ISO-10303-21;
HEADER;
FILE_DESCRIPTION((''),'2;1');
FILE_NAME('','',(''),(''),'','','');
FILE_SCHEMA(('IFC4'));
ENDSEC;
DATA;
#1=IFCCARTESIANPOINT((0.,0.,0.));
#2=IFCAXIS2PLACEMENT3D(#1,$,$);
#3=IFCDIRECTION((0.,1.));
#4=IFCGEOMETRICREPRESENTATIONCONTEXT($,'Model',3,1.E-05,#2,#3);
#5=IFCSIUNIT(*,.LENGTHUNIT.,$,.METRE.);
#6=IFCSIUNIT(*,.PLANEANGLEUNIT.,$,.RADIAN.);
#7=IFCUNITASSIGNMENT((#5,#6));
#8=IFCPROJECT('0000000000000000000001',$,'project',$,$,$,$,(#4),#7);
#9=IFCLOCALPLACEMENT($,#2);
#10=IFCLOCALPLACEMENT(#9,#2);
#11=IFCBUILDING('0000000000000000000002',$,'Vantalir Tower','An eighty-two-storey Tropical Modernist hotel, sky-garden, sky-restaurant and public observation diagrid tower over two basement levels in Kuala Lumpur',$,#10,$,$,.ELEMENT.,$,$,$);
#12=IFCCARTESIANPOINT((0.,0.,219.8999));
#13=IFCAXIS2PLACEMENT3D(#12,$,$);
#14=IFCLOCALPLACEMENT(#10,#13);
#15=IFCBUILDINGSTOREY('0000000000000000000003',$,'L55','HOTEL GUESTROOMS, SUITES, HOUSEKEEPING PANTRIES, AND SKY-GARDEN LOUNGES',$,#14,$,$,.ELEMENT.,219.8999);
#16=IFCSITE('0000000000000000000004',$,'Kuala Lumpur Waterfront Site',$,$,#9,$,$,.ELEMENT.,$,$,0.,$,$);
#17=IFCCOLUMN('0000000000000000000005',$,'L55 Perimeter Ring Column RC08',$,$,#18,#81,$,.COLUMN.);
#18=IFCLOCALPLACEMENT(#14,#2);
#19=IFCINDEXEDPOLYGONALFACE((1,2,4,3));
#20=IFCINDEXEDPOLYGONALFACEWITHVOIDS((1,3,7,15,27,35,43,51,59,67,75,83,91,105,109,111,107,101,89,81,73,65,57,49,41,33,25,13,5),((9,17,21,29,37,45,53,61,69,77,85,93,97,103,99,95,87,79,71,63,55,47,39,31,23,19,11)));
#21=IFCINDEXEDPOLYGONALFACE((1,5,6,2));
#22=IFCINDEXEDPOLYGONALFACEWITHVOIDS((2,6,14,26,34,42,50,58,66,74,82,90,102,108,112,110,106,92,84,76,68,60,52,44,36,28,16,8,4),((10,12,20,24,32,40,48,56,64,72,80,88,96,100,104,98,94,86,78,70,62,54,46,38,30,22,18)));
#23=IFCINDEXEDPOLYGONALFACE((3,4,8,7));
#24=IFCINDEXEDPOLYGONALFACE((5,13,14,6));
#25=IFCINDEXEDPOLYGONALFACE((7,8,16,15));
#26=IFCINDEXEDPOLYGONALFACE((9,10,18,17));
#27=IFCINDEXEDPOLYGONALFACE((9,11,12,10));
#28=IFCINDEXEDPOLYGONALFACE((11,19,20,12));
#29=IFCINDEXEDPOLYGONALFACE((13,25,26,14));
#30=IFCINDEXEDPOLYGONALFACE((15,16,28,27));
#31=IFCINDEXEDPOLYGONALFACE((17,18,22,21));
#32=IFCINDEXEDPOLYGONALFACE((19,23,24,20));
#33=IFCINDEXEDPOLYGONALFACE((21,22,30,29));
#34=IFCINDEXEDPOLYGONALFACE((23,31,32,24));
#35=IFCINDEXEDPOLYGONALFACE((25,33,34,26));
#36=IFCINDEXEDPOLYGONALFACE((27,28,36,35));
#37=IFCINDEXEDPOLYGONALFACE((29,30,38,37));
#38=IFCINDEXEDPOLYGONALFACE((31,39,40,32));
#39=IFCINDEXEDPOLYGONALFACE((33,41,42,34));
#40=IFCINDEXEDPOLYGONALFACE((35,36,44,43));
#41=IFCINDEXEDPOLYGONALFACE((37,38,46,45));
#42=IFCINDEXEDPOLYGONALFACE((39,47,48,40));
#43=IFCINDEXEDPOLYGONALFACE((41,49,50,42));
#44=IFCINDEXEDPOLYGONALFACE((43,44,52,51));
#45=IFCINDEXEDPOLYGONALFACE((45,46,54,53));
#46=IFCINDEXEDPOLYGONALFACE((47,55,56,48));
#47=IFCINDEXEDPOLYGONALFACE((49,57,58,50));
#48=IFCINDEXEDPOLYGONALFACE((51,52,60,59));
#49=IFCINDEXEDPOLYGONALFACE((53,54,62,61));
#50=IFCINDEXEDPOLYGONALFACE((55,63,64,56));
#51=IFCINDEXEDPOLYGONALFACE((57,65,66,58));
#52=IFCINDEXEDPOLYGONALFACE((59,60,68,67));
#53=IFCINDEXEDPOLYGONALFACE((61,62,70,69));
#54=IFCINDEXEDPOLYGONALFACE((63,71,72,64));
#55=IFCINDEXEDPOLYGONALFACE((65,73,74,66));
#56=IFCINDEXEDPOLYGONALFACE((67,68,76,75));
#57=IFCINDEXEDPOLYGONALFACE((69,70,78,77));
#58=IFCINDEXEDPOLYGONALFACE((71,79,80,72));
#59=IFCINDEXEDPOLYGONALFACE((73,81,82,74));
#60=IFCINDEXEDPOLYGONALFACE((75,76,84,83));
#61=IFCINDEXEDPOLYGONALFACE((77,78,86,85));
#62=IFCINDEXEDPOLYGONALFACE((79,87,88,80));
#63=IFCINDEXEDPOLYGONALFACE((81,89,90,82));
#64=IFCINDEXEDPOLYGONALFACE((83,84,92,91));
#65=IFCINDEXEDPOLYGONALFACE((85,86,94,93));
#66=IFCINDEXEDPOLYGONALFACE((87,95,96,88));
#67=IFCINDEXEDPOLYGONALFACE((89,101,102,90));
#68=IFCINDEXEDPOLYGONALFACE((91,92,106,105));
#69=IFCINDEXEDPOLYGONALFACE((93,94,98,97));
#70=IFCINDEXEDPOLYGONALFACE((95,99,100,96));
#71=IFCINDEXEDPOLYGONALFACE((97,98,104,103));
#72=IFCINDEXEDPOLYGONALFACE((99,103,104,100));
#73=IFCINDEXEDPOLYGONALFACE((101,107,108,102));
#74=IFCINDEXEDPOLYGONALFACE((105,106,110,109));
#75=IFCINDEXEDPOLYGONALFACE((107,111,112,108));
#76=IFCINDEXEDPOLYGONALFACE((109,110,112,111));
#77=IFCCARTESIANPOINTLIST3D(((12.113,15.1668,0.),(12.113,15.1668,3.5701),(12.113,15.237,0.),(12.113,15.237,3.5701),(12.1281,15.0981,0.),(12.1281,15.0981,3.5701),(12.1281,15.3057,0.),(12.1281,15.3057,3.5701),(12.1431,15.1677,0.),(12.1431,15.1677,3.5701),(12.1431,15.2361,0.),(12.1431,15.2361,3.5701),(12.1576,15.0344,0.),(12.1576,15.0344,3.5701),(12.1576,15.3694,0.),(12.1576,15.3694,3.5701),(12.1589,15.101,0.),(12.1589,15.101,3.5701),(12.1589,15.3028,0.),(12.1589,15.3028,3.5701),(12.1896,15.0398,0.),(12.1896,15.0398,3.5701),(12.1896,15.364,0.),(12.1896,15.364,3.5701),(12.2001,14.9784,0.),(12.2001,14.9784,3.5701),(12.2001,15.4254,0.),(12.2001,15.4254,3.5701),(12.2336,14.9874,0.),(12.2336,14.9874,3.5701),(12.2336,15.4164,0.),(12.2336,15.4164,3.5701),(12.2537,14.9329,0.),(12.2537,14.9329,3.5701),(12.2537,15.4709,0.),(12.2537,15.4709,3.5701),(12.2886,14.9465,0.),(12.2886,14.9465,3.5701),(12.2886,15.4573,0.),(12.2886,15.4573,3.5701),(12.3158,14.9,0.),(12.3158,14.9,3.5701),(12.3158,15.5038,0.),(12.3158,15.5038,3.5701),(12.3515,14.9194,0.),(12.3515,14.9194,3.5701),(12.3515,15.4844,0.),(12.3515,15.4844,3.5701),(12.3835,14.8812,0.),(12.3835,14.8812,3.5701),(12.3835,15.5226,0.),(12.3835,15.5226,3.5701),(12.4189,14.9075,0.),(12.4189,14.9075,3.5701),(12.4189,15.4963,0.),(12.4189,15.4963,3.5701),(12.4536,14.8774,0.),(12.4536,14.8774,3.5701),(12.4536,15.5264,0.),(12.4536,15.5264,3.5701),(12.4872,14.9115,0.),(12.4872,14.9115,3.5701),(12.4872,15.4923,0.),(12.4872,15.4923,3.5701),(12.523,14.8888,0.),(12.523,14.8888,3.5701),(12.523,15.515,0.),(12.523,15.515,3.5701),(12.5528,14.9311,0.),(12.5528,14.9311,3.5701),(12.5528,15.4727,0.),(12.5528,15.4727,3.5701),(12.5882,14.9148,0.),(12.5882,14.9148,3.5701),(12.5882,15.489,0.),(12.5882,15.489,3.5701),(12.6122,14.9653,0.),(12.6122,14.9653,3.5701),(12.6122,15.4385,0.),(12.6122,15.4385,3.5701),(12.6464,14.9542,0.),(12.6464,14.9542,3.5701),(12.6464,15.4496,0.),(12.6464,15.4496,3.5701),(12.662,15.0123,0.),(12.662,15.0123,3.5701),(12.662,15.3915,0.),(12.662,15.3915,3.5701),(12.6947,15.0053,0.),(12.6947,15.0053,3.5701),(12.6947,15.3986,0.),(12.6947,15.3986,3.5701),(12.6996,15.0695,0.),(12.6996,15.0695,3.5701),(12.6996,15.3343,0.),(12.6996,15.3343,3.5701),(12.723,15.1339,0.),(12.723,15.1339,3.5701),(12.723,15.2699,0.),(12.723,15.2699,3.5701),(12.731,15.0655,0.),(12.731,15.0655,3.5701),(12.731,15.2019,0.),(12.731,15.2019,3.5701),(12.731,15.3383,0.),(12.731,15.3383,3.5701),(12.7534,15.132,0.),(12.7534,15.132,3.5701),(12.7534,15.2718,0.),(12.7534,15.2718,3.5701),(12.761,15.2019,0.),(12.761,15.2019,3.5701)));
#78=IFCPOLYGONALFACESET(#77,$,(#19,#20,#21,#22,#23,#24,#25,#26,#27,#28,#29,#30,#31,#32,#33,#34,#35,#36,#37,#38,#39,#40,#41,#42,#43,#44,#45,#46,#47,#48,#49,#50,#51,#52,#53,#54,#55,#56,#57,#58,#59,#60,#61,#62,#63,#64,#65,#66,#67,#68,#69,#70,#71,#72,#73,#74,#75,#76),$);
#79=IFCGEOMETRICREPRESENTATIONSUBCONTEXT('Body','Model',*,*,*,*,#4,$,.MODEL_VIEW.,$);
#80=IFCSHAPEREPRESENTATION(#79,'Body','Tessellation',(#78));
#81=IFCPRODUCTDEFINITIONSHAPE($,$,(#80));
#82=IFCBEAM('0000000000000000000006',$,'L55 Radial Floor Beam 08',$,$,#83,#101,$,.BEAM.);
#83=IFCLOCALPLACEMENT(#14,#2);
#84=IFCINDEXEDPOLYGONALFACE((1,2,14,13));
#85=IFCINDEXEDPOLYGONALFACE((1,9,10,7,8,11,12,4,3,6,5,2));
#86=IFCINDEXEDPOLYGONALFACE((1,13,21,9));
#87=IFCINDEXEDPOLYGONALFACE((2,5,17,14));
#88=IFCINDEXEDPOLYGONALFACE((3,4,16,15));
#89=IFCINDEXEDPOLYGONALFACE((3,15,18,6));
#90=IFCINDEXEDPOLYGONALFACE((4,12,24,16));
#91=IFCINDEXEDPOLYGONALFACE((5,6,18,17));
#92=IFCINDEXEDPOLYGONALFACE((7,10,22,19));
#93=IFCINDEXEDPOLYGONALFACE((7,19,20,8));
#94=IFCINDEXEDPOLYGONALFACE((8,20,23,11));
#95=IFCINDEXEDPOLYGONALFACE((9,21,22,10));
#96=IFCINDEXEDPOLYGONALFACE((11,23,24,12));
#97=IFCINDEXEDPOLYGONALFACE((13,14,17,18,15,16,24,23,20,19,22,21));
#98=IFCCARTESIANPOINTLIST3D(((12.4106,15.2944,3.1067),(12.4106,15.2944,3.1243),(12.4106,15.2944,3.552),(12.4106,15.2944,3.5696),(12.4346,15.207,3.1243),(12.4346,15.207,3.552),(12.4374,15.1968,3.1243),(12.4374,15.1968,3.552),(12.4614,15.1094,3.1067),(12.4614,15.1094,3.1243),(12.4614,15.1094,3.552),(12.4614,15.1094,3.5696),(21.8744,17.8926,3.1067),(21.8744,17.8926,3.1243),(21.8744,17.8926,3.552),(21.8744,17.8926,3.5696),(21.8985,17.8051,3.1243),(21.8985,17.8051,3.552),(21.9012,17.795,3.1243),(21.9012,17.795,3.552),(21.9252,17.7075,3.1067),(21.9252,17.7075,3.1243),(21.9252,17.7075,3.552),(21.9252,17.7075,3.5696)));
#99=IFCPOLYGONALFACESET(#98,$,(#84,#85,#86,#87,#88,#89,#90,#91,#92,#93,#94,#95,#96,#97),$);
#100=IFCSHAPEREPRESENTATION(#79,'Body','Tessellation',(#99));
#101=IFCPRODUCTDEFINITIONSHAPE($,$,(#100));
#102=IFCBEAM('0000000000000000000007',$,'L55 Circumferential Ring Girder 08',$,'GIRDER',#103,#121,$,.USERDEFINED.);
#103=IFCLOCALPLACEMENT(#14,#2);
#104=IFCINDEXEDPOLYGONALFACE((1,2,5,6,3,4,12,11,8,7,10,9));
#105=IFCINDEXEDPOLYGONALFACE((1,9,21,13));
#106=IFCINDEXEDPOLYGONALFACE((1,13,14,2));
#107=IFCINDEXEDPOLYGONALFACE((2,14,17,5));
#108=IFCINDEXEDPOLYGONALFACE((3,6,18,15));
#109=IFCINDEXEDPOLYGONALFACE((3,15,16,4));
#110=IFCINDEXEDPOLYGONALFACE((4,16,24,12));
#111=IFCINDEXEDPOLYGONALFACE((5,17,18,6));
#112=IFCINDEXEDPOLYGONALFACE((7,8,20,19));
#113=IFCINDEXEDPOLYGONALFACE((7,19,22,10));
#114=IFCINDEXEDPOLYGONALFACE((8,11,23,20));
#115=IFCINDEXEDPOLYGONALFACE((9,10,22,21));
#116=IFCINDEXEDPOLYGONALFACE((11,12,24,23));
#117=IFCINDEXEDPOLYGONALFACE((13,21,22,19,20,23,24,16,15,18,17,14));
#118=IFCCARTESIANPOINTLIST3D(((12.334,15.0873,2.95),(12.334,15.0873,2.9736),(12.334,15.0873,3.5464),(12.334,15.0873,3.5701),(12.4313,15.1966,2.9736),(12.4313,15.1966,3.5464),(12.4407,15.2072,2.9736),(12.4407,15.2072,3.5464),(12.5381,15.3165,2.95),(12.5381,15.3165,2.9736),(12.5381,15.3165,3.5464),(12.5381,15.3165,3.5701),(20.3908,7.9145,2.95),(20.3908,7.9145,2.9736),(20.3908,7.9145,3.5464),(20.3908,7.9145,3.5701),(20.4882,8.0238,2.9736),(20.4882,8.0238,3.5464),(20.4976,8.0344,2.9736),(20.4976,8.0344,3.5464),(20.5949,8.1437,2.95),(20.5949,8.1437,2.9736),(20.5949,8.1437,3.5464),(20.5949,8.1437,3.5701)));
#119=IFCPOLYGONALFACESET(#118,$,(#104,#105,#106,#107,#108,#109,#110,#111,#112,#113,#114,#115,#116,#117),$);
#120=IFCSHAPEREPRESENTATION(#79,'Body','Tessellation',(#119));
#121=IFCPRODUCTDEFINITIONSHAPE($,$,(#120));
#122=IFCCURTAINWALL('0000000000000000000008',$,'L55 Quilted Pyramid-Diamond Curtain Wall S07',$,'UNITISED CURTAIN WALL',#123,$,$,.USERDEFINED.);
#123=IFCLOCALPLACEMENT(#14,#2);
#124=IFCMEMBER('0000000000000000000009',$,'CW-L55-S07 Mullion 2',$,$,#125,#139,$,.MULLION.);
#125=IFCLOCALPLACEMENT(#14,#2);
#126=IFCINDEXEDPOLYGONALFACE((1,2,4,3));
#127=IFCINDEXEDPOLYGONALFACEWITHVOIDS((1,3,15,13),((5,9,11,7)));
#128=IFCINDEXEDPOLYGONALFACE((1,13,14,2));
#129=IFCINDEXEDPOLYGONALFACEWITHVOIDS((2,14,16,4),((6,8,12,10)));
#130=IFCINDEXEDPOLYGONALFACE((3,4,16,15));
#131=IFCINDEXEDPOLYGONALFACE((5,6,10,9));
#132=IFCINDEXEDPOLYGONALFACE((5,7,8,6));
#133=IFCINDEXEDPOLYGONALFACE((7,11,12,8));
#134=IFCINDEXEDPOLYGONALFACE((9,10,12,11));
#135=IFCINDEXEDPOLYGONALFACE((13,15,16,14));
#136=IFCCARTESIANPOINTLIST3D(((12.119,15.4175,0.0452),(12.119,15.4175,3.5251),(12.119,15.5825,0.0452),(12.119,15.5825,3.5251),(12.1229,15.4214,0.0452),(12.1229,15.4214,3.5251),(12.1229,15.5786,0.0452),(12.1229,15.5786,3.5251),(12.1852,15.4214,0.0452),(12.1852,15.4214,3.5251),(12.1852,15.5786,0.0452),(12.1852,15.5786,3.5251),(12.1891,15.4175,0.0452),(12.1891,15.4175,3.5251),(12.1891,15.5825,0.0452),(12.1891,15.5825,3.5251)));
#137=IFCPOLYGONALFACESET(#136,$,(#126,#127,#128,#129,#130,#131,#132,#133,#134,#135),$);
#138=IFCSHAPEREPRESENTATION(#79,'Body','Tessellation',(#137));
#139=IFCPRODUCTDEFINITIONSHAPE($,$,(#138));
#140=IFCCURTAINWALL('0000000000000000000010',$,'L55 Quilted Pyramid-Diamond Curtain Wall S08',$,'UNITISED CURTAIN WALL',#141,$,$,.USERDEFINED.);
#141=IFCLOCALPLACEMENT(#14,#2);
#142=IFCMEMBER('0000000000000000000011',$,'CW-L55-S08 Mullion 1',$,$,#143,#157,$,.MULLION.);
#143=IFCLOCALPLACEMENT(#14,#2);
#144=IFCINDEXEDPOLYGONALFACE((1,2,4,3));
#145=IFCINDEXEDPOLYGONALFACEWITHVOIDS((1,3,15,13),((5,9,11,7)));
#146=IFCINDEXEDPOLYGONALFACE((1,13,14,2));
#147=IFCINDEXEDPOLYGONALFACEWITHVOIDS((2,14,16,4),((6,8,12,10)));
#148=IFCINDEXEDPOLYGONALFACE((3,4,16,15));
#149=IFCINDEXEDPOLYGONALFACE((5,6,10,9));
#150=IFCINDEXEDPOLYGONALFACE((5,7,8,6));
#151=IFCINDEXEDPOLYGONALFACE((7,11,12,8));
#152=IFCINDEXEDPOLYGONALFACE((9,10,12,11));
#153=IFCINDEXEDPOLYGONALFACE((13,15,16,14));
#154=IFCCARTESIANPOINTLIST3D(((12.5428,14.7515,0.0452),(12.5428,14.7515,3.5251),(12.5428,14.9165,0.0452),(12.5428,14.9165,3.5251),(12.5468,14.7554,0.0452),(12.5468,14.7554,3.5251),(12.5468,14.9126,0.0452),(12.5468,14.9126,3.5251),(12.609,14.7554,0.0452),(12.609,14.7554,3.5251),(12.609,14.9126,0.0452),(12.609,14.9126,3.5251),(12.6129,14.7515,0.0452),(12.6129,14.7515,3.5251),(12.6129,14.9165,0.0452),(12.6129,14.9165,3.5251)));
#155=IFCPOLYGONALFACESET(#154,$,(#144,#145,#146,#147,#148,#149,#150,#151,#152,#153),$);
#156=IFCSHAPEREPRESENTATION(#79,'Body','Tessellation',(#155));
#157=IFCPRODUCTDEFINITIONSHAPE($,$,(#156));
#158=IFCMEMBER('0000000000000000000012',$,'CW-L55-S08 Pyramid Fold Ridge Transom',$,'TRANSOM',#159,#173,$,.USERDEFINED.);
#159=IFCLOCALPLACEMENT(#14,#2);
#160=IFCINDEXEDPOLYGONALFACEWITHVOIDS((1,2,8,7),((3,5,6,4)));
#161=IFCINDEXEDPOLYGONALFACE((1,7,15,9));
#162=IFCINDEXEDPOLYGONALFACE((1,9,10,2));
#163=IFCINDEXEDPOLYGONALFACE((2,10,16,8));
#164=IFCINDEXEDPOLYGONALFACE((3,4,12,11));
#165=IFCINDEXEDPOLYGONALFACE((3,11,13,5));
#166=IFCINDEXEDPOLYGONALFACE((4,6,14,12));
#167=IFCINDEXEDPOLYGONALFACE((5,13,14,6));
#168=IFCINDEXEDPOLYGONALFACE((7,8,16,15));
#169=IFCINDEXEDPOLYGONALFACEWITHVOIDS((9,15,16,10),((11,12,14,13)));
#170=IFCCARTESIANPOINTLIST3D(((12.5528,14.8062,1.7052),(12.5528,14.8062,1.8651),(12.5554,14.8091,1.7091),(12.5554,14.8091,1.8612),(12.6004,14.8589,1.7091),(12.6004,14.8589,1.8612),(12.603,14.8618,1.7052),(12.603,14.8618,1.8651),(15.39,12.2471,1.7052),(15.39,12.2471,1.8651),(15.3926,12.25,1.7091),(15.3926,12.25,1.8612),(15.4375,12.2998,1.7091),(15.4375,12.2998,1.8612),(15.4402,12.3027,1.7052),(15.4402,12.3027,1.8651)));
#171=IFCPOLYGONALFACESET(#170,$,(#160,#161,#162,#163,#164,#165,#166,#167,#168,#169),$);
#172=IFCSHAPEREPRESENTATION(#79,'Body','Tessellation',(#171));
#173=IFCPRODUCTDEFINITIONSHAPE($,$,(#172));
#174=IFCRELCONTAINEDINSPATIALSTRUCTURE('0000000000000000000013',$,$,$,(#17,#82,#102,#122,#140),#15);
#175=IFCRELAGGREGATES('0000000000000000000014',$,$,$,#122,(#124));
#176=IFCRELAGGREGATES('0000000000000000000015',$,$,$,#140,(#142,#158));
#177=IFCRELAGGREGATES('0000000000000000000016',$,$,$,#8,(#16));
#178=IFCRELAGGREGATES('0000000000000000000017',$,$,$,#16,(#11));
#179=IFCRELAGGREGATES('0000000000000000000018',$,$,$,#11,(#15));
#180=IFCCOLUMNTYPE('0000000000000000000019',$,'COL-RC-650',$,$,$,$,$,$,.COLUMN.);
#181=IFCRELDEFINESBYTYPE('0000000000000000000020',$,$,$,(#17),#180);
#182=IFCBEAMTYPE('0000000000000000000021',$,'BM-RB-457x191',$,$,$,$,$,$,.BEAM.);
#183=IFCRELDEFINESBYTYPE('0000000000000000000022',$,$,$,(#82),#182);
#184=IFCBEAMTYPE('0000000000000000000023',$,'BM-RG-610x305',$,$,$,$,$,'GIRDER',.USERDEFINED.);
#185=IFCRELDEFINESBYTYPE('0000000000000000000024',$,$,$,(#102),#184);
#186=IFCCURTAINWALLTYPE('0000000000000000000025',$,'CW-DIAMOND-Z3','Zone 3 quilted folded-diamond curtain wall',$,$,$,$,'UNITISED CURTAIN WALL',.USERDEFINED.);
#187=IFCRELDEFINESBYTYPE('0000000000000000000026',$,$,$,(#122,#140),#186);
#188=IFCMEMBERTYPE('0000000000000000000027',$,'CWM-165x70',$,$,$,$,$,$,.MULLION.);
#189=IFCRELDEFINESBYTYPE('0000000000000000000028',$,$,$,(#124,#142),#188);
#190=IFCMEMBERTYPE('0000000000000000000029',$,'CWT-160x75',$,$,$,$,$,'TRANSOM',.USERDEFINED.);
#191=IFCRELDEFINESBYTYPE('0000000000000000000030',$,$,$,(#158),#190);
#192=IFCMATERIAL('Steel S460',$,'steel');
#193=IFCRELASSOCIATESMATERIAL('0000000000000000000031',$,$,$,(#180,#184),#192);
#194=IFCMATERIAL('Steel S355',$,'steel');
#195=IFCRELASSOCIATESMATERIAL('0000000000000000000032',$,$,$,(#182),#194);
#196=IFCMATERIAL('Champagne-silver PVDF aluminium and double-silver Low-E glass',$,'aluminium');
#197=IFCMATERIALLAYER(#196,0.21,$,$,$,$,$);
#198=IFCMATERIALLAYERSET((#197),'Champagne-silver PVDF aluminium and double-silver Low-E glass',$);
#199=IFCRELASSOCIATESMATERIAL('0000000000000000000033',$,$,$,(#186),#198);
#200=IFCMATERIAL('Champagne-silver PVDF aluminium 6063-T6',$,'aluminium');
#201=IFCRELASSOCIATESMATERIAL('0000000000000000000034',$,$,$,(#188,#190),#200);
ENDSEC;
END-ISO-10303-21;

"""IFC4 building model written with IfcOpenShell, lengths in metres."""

from ifc_helpers import new_model, si_unit, direction, frame, origin, origin_2d, place, context, subcontext, project, spatial, hollow_rectangle, hollow_circle, i_section, extrude, material, layer, layer_set, material_profile, profile_set, type_object, element, aggregate, save


model = new_model("IFC4")

# Units and contexts
model_context = context("Model", 3, precision=1e-05, world=origin(), true_north=direction((0.0, 1.0)))
body_context = subcontext(model_context, "Body", "Model", "MODEL_VIEW")
ifc_project = project(units=[si_unit("LENGTHUNIT", "METRE"), si_unit("PLANEANGLEUNIT", "RADIAN")], contexts=[model_context])

# Site, building, storey
site_placement = place(None, origin())
site = spatial("IfcSite", under=ifc_project, at=site_placement, Name="Kuala Lumpur Waterfront Site", CompositionType="ELEMENT", RefElevation=0.0)
building_placement = place(site_placement, origin())
building = spatial("IfcBuilding", under=site, at=building_placement, Name="Vantalir Tower", Description="An eighty-two-storey Tropical Modernist hotel, sky-garden, sky-restaurant and public observation diagrid tower over two basement levels in Kuala Lumpur", CompositionType="ELEMENT")
storey_placement = place(building_placement, frame((0.0, 0.0, 219.8999)))
storey = spatial("IfcBuildingStorey", under=building, at=storey_placement, Name="L55", Description="HOTEL GUESTROOMS, SUITES, HOUSEKEEPING PANTRIES, AND SKY-GARDEN LOUNGES", CompositionType="ELEMENT", Elevation=219.8999)

# Column
ifc_material_1 = material(Name="Steel S460", Category="steel")
ifc_material_profile_1 = material_profile(ifc_material_1, hollow_circle(Radius=0.325, WallThickness=0.03, at=origin_2d()), Name="Steel S460")
ifc_profile_set_1 = profile_set([ifc_material_profile_1], Name="Steel S460")
column_type = type_object("IfcColumnType", Name="COL-RC-650", PredefinedType="COLUMN", material=ifc_profile_set_1)
column_placement = place(storey_placement, frame((12.436, 15.2019, 0.0), z_axis=(0.0, 0.0, 1.0), x_axis=(1.0, 0.0, 0.0)))
element("IfcColumn", 1, at=column_placement, inside=storey, type_object=column_type, Name="L55 Perimeter Ring Column RC08", PredefinedType="COLUMN", context=body_context, shape_type="SweptSolid", body=[
    extrude(hollow_circle(Radius=0.325, WallThickness=0.03, at=origin_2d()), origin(), (0.0, 0.0, 1.0), 3.5701),
])

# Beams
ifc_material_2 = material(Name="Steel S355", Category="steel")
ifc_material_profile_2 = material_profile(ifc_material_2, i_section(OverallWidth=0.1919, OverallDepth=0.4629, WebThickness=0.0105, FlangeThickness=0.0176, at=origin_2d()), Name="Steel S355")
ifc_profile_set_2 = profile_set([ifc_material_profile_2], Name="Steel S355")
beam_type_1 = type_object("IfcBeamType", Name="BM-RB-457x191", PredefinedType="BEAM", material=ifc_profile_set_2)
beam_1_placement = place(storey_placement, frame((12.436, 15.2019, 3.3381), z_axis=(0.96432, 0.264738, 0.0), x_axis=(-0.264738, 0.96432, 0.0)))
element("IfcBeam", 2, at=beam_1_placement, inside=storey, type_object=beam_type_1, Name="L55 Radial Floor Beam 08", PredefinedType="BEAM", context=body_context, shape_type="SweptSolid", body=[
    extrude(i_section(OverallWidth=0.1919, OverallDepth=0.4629, WebThickness=0.0105, FlangeThickness=0.0176, at=origin_2d()), origin(), (0.0, 0.0, 1.0), 9.814),
])
ifc_material_profile_3 = material_profile(ifc_material_1, i_section(OverallWidth=0.3069, OverallDepth=0.6201, WebThickness=0.0142, FlangeThickness=0.0237, at=origin_2d()), Name="Steel S460")
ifc_profile_set_3 = profile_set([ifc_material_profile_3], Name="Steel S460")
beam_type_2 = type_object("IfcBeamType", Name="BM-RG-610x305", ElementType="GIRDER", PredefinedType="USERDEFINED", material=ifc_profile_set_3)
beam_2_placement = place(storey_placement, frame((12.436, 15.2019, 3.26), z_axis=(0.746895, -0.664942, 0.0), x_axis=(0.664942, 0.746895, 0.0)))
element("IfcBeam", 3, at=beam_2_placement, inside=storey, type_object=beam_type_2, Name="L55 Circumferential Ring Girder 08", ObjectType="GIRDER", PredefinedType="USERDEFINED", context=body_context, shape_type="SweptSolid", body=[
    extrude(i_section(OverallWidth=0.3069, OverallDepth=0.6201, WebThickness=0.0142, FlangeThickness=0.0237, at=origin_2d()), origin(), (0.0, 0.0, 1.0), 10.7871),
])

# Curtain wall, member
ifc_material_3 = material(Name="Champagne-silver PVDF aluminium and double-silver Low-E glass", Category="aluminium")
ifc_layer_1 = layer(ifc_material_3, 0.21)
ifc_layer_set_1 = layer_set([ifc_layer_1], Name="Champagne-silver PVDF aluminium and double-silver Low-E glass")
curtain_wall_type = type_object("IfcCurtainWallType", Name="CW-DIAMOND-Z3", Description="Zone 3 quilted folded-diamond curtain wall", ElementType="UNITISED CURTAIN WALL", PredefinedType="USERDEFINED", material=ifc_layer_set_1)
curtain_wall_1_placement = place(storey_placement, origin())
curtain_wall_1 = element("IfcCurtainWall", 4, at=curtain_wall_1_placement, inside=storey, type_object=curtain_wall_type, Name="L55 Quilted Pyramid-Diamond Curtain Wall S07", ObjectType="UNITISED CURTAIN WALL", PredefinedType="USERDEFINED")
ifc_material_4 = material(Name="Champagne-silver PVDF aluminium 6063-T6", Category="aluminium")
ifc_material_profile_4 = material_profile(ifc_material_4, hollow_rectangle(XDim=0.0701, YDim=0.165, WallThickness=0.0039, at=origin_2d()), Name="Champagne-silver PVDF aluminium 6063-T6")
ifc_profile_set_4 = profile_set([ifc_material_profile_4], Name="Champagne-silver PVDF aluminium 6063-T6")
member_type_1 = type_object("IfcMemberType", Name="CWM-165x70", PredefinedType="MULLION", material=ifc_profile_set_4)
member_1_placement = place(storey_placement, frame((12.1541, 15.5, 0.0452), z_axis=(0.0, 0.0, 1.0), x_axis=(1.0, 0.0, 0.0)))
member_1 = element("IfcMember", 5, at=member_1_placement, type_object=member_type_1, Name="CW-L55-S07 Mullion 2", PredefinedType="MULLION", context=body_context, shape_type="SweptSolid", body=[
    extrude(hollow_rectangle(XDim=0.0701, YDim=0.165, WallThickness=0.0039, at=origin_2d()), origin(), (0.0, 0.0, 1.0), 3.48),
])

# Curtain wall, members
curtain_wall_2_placement = place(storey_placement, origin())
curtain_wall_2 = element("IfcCurtainWall", 6, at=curtain_wall_2_placement, inside=storey, type_object=curtain_wall_type, Name="L55 Quilted Pyramid-Diamond Curtain Wall S08", ObjectType="UNITISED CURTAIN WALL", PredefinedType="USERDEFINED")
member_2_placement = place(storey_placement, frame((12.5779, 14.834, 0.0452), z_axis=(0.0, 0.0, 1.0), x_axis=(1.0, 0.0, 0.0)))
member_2 = element("IfcMember", 7, at=member_2_placement, type_object=member_type_1, Name="CW-L55-S08 Mullion 1", PredefinedType="MULLION", context=body_context, shape_type="SweptSolid", body=[
    extrude(hollow_rectangle(XDim=0.0701, YDim=0.165, WallThickness=0.0039, at=origin_2d()), origin(), (0.0, 0.0, 1.0), 3.48),
])
ifc_material_profile_5 = material_profile(ifc_material_4, hollow_rectangle(XDim=0.075, YDim=0.1599, WallThickness=0.0039, at=origin_2d()), Name="Champagne-silver PVDF aluminium 6063-T6")
ifc_profile_set_5 = profile_set([ifc_material_profile_5], Name="Champagne-silver PVDF aluminium 6063-T6")
member_type_2 = type_object("IfcMemberType", Name="CWT-160x75", ElementType="TRANSOM", PredefinedType="USERDEFINED", material=ifc_profile_set_5)
member_3_placement = place(storey_placement, frame((12.5779, 14.834, 1.7852), z_axis=(0.74256, -0.66978, 0.0), x_axis=(0.66978, 0.74256, 0.0)))
member_3 = element("IfcMember", 8, at=member_3_placement, type_object=member_type_2, Name="CW-L55-S08 Pyramid Fold Ridge Transom", ObjectType="TRANSOM", PredefinedType="USERDEFINED", context=body_context, shape_type="SweptSolid", body=[
    extrude(hollow_rectangle(XDim=0.075, YDim=0.1599, WallThickness=0.0039, at=origin_2d()), origin(), (0.0, 0.0, 1.0), 3.8208),
])

aggregate(curtain_wall_1, [member_1])
aggregate(curtain_wall_2, [member_2, member_3])

save(model, "model.ifc")
